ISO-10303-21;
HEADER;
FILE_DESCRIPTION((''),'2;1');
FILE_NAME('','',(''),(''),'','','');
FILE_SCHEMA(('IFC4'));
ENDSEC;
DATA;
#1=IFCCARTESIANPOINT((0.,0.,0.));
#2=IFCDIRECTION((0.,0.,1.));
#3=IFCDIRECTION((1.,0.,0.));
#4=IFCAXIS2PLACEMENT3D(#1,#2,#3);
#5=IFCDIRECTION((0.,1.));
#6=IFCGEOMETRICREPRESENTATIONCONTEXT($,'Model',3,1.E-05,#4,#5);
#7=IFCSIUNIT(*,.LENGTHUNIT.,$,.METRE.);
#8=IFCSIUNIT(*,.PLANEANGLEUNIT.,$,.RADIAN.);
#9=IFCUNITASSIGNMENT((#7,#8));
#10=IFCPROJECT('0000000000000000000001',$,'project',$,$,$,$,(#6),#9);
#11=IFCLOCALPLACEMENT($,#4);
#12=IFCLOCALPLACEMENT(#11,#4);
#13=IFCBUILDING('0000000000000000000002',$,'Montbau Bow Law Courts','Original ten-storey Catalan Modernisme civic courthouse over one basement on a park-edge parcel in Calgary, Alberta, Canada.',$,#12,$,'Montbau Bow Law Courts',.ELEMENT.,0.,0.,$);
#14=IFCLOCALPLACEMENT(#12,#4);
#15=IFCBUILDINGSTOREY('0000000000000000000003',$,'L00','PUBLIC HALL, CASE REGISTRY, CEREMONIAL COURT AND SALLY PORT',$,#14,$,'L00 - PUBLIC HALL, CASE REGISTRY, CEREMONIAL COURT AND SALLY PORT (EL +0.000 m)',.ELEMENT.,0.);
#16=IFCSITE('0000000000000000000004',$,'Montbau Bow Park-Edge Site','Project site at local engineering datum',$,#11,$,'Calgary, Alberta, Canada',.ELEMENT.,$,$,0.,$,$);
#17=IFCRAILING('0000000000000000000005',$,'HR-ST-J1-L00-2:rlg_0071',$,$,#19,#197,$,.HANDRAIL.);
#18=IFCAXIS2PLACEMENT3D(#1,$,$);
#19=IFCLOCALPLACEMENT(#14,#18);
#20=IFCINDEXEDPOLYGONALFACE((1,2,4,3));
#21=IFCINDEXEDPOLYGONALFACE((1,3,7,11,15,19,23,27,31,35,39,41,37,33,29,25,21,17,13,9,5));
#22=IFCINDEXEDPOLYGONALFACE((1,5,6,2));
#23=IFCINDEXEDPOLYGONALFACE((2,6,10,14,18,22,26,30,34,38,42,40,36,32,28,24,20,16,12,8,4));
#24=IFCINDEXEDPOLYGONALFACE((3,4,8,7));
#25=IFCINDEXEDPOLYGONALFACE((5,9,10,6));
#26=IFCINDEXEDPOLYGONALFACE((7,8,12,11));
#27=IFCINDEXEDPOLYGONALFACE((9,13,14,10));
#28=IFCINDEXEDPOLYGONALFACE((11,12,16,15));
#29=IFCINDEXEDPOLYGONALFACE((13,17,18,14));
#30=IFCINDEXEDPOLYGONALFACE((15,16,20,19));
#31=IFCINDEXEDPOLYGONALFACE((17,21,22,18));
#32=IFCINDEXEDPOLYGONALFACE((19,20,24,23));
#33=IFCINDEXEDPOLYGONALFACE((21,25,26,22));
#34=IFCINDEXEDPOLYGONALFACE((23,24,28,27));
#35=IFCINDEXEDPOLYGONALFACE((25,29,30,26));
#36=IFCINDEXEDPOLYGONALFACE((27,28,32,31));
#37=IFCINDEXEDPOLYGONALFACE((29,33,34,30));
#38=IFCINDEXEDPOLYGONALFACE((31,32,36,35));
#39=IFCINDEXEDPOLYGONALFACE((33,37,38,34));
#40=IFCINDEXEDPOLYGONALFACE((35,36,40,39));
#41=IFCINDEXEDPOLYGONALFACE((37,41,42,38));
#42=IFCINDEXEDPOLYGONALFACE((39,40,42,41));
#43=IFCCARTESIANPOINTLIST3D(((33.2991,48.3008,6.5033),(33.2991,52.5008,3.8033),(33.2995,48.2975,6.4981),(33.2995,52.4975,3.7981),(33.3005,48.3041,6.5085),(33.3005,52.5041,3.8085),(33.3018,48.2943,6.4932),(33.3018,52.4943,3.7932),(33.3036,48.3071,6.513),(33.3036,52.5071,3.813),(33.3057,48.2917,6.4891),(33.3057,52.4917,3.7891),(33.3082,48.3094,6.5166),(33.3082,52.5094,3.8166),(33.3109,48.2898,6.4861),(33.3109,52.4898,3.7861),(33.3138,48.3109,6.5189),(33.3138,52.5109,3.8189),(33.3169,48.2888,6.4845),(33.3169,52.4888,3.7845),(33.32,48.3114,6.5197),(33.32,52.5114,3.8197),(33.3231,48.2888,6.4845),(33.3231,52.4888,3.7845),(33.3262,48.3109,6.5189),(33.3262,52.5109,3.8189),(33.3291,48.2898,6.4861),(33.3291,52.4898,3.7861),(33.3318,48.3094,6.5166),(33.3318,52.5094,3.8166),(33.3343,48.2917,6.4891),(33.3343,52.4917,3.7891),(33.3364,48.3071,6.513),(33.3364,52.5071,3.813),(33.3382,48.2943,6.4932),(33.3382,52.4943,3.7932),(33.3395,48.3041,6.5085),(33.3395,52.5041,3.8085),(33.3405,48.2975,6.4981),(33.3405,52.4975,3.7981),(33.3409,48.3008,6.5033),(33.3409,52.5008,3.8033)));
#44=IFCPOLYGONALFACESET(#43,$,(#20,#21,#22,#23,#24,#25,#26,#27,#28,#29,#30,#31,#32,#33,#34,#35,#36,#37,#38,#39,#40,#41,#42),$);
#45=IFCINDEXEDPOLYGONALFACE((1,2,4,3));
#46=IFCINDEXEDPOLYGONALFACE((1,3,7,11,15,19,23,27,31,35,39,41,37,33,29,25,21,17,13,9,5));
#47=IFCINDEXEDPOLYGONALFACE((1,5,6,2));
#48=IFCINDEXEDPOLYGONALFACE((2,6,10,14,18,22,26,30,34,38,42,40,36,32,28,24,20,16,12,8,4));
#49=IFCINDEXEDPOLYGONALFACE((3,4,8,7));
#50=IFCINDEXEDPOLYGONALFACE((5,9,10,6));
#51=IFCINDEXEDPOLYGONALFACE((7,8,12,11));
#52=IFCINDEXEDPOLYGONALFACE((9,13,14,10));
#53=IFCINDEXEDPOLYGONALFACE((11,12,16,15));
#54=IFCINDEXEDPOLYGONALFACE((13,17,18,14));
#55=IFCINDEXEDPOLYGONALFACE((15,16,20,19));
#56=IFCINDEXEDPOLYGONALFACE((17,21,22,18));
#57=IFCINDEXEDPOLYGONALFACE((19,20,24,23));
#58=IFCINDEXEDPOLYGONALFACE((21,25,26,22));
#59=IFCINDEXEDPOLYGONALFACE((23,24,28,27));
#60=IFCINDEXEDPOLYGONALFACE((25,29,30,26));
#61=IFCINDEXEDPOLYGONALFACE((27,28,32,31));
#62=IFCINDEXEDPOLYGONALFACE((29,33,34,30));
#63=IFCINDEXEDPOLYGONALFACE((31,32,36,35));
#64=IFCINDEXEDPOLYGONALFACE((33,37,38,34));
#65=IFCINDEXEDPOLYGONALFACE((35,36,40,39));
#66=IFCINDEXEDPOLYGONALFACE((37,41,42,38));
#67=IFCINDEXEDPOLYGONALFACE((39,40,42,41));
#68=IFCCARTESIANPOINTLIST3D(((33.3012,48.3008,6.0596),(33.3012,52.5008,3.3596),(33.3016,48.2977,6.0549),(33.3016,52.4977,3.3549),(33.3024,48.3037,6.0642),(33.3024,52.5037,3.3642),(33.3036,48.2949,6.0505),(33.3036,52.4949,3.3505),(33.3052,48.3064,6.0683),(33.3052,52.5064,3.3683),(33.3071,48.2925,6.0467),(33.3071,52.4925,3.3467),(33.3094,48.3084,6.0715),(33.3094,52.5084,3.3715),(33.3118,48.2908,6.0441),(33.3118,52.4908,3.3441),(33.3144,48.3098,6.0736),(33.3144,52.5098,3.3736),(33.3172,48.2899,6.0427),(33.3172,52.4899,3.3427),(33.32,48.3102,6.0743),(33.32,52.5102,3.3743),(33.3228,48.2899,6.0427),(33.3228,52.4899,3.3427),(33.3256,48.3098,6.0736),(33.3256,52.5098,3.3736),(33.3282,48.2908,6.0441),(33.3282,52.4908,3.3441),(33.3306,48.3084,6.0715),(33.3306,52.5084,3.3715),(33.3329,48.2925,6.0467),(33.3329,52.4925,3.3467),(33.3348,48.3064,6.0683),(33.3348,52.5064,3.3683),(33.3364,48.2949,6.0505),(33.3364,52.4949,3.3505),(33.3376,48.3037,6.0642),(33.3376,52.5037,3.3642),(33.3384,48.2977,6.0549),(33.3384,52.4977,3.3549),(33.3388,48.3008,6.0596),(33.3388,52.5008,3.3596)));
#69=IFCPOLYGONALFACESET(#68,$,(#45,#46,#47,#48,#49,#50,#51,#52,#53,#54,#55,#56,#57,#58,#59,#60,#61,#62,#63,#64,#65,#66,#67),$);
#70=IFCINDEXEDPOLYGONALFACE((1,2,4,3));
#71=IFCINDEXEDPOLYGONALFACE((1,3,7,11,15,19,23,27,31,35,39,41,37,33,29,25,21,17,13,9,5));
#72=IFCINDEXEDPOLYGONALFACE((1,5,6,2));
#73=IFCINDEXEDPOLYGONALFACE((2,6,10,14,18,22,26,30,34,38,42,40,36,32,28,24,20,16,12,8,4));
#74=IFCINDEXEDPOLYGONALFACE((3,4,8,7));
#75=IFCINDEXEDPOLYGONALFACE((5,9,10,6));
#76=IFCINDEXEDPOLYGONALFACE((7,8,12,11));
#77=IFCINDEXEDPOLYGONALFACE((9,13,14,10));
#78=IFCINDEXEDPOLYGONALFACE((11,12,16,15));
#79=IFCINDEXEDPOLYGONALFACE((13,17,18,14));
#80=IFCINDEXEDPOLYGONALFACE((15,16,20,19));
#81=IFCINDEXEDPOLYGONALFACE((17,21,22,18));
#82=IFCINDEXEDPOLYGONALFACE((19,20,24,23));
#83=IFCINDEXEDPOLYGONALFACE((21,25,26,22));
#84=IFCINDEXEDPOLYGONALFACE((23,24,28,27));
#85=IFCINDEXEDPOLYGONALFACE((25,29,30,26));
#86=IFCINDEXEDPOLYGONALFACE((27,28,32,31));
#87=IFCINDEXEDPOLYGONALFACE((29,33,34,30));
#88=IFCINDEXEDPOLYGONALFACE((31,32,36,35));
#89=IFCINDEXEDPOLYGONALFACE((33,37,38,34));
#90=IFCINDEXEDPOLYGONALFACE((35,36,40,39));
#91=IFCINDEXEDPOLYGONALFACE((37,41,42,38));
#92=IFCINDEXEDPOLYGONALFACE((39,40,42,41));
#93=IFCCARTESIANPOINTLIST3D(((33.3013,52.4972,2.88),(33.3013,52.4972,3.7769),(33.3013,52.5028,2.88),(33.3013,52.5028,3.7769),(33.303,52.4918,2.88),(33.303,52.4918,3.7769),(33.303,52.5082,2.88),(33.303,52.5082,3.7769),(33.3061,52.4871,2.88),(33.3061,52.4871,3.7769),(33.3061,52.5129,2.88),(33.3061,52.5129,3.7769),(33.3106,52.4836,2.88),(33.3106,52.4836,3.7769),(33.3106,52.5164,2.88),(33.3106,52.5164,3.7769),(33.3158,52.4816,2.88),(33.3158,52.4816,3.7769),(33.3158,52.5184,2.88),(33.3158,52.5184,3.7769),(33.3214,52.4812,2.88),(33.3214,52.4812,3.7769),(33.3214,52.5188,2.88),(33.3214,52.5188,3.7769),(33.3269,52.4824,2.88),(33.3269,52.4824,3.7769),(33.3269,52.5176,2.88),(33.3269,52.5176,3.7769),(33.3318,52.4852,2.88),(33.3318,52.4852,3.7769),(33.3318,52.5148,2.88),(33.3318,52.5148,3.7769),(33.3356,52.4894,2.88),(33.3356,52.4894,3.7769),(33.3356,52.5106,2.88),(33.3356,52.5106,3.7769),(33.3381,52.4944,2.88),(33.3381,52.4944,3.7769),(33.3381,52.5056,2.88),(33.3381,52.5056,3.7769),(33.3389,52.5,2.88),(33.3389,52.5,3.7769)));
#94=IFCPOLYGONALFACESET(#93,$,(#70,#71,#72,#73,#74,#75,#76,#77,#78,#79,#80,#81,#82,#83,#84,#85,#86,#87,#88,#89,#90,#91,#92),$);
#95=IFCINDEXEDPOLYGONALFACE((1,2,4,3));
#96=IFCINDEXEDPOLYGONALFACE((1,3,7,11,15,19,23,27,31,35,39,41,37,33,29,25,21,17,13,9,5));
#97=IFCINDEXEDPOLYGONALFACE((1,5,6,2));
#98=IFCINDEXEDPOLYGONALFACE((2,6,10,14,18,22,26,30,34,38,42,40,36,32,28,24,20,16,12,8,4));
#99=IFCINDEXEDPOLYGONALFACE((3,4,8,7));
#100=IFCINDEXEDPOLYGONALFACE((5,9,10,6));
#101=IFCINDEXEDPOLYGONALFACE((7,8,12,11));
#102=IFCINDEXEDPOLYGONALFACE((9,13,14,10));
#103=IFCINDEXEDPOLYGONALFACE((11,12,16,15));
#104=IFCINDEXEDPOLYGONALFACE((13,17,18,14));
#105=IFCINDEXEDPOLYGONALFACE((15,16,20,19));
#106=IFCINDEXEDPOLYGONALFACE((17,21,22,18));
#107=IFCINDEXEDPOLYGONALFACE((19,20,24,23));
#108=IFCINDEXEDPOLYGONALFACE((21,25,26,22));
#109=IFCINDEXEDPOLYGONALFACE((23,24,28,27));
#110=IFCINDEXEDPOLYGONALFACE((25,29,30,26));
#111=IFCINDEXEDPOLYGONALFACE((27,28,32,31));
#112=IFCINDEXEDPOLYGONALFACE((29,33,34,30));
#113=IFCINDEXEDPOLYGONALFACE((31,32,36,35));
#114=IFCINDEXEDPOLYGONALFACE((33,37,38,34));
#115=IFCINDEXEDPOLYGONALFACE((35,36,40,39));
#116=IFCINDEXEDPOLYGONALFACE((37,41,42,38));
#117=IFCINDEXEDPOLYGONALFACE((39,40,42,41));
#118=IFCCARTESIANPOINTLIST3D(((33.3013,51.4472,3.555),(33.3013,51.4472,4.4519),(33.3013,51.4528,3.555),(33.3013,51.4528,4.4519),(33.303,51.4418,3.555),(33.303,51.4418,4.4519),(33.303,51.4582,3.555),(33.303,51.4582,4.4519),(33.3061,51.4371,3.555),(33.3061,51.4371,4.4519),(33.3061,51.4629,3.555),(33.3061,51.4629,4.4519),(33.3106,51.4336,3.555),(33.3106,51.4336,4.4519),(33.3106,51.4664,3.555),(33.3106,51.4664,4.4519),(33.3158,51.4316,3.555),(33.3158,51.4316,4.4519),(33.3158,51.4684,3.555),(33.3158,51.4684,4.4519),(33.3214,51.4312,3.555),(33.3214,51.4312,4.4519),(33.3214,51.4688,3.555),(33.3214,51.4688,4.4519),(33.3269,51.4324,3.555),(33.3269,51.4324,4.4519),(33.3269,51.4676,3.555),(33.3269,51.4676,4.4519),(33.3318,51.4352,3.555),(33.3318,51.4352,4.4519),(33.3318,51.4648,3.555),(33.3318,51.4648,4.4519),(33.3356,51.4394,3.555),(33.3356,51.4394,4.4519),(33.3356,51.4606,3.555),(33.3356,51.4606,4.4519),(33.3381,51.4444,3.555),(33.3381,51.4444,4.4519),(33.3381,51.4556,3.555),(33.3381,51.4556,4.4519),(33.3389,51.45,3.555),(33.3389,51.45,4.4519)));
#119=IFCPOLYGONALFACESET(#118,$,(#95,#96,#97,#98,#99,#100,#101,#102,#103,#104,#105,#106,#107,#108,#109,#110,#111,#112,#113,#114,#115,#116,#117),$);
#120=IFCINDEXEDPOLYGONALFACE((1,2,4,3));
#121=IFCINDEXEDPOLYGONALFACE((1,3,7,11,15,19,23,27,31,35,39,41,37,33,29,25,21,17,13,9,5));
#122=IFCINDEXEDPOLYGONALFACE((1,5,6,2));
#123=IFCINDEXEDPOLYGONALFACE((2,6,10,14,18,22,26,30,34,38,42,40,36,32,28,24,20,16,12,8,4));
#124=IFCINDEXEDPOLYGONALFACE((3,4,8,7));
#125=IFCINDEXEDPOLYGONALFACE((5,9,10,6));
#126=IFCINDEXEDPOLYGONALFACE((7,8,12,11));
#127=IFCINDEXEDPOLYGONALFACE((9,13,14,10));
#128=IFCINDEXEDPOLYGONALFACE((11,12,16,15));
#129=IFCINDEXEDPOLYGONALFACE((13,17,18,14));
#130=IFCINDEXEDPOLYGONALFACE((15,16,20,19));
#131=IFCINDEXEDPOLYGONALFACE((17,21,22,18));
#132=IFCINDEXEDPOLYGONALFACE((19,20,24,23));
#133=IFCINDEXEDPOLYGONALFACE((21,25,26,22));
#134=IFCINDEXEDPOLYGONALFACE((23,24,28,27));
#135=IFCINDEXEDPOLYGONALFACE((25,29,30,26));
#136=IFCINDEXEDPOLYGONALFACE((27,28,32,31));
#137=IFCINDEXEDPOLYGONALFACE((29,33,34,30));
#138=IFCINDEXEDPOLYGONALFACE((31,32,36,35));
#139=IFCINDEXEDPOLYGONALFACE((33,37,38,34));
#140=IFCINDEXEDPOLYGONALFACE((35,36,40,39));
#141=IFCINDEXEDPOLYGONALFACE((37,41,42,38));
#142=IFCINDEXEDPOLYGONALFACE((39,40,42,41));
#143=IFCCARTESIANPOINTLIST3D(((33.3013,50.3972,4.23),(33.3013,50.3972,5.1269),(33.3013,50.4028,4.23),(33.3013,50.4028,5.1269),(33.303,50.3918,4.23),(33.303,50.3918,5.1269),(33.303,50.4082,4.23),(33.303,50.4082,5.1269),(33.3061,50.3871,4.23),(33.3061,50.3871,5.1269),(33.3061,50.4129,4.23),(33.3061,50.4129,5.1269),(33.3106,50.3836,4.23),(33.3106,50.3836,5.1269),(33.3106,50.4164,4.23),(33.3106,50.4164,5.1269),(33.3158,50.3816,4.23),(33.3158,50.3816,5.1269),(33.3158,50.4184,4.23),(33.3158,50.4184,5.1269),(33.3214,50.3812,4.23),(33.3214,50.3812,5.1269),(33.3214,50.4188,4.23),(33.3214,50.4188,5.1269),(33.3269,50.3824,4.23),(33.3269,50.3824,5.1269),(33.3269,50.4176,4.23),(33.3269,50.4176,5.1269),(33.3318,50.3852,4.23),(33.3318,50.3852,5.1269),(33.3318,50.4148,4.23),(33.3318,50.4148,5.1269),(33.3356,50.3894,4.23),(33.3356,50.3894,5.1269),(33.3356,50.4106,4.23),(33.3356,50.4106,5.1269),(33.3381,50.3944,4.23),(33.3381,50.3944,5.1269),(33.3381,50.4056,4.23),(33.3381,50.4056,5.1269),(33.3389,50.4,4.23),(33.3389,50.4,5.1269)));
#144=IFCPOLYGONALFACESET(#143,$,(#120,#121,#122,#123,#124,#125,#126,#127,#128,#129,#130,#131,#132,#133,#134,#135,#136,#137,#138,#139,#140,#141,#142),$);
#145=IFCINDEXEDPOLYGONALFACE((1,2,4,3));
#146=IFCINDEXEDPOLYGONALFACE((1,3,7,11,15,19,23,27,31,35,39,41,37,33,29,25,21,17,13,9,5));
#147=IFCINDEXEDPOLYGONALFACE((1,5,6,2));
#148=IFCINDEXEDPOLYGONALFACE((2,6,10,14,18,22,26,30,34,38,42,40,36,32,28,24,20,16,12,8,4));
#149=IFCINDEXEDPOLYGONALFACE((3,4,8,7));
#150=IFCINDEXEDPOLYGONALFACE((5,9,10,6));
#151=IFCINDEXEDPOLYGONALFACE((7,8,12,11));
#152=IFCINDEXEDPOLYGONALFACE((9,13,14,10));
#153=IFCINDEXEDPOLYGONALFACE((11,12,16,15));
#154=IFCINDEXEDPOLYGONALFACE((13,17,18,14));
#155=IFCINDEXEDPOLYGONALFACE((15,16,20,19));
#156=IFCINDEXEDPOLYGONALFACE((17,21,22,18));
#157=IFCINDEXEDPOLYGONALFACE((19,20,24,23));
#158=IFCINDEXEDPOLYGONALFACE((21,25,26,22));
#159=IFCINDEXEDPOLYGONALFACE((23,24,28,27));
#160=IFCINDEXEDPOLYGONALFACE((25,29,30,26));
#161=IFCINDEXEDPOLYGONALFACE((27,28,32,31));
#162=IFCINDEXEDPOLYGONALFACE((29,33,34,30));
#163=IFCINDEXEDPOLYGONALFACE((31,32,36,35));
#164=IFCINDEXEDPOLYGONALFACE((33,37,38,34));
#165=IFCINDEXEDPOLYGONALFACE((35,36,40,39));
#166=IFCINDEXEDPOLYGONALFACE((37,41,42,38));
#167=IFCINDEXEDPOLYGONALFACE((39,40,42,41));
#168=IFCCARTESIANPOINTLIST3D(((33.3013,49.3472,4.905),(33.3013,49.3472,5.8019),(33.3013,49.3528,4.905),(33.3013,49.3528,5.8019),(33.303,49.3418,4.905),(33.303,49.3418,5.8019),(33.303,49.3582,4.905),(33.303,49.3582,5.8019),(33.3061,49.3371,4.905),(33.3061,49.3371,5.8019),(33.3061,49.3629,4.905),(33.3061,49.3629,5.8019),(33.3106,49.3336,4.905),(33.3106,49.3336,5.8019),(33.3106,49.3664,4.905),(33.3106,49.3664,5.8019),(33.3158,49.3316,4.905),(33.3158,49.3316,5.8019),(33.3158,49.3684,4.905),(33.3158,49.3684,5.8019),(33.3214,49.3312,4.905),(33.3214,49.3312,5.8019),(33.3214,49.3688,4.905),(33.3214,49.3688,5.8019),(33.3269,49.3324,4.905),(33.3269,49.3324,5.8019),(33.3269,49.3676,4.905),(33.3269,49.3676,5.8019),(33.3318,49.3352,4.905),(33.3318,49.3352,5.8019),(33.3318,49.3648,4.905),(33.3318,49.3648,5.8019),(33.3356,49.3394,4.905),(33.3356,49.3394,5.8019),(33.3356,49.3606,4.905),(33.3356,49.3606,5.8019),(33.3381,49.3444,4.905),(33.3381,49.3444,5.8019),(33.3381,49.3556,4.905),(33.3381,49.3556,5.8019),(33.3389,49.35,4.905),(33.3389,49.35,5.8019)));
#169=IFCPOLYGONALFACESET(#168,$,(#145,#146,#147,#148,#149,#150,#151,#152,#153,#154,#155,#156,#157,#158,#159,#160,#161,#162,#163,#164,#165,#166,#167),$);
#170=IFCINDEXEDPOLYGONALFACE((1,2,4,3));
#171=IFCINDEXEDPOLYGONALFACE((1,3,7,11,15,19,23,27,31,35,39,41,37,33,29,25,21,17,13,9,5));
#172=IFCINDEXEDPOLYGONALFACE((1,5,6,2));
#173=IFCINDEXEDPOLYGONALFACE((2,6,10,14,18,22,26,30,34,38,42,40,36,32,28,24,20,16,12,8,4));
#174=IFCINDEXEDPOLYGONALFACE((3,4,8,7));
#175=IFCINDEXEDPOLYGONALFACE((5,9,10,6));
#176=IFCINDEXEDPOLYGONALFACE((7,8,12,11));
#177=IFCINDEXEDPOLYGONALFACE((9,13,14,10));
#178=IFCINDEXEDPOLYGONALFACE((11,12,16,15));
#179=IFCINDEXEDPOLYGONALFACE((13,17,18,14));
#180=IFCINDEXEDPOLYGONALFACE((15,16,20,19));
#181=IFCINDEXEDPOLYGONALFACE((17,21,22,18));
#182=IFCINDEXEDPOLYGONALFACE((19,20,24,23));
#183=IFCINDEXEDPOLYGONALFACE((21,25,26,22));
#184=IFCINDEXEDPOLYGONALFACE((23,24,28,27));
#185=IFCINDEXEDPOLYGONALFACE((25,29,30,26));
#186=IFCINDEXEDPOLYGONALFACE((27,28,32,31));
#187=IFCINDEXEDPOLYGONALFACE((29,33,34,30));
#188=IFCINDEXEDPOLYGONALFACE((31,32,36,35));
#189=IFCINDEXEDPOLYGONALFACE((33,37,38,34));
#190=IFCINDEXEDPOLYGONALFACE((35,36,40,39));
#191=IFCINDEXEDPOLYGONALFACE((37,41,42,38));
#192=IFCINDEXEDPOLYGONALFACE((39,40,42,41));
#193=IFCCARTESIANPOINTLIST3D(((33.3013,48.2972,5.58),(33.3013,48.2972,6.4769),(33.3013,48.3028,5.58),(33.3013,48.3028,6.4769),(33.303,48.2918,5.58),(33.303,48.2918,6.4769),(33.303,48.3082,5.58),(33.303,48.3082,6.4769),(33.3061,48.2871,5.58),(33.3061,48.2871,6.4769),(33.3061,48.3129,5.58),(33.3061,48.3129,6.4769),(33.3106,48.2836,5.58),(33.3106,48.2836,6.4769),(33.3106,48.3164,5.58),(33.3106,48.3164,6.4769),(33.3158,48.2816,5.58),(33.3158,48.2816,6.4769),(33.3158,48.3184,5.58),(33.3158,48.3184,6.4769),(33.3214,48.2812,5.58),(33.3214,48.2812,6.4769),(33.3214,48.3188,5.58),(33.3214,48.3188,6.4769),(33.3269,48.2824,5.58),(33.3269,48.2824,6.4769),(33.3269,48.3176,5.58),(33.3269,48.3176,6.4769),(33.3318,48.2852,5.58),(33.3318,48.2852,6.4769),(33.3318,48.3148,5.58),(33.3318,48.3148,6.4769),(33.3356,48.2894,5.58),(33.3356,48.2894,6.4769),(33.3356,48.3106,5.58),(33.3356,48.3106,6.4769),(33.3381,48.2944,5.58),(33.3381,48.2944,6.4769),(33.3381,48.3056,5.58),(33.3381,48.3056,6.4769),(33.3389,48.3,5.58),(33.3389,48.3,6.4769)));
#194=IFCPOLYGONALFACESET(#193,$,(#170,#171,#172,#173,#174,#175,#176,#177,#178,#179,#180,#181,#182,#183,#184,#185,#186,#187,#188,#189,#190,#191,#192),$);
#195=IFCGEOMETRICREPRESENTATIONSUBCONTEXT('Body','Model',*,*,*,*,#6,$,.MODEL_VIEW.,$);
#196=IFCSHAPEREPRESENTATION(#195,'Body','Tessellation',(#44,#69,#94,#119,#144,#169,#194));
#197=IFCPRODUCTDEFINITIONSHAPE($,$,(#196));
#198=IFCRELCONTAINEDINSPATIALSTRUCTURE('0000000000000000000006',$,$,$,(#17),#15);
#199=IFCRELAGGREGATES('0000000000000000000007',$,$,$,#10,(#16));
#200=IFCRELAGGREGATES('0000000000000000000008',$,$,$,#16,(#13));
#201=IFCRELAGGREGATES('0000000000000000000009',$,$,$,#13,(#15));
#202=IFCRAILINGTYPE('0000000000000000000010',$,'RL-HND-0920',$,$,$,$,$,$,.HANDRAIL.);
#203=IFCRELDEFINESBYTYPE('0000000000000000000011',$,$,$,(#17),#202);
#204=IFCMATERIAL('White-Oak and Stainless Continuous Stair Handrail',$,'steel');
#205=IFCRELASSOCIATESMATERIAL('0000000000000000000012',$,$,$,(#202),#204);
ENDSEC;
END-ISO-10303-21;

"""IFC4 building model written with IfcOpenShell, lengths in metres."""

from ifc_helpers import new_model, si_unit, direction, frame, origin_with_axes, origin_2d_with_axis, place, context, subcontext, project, spatial, circle, extrude, material, type_object, element, save


model = new_model("IFC4")

# Units and contexts
model_context = context("Model", 3, precision=1e-05, world=origin_with_axes(), true_north=direction((0.0, 1.0)))
body_context = subcontext(model_context, "Body", "Model", "MODEL_VIEW")
ifc_project = project(units=[si_unit("LENGTHUNIT", "METRE"), si_unit("PLANEANGLEUNIT", "RADIAN")], contexts=[model_context])

# Site, building, storey
site_placement = place(None, origin_with_axes())
site = spatial("IfcSite", under=ifc_project, at=site_placement, Name="Montbau Bow Park-Edge Site", Description="Project site at local engineering datum", LongName="Calgary, Alberta, Canada", CompositionType="ELEMENT", RefElevation=0.0)
building_placement = place(site_placement, origin_with_axes())
building = spatial("IfcBuilding", under=site, at=building_placement, Name="Montbau Bow Law Courts", Description="Original ten-storey Catalan Modernisme civic courthouse over one basement on a park-edge parcel in Calgary, Alberta, Canada.", LongName="Montbau Bow Law Courts", CompositionType="ELEMENT", ElevationOfRefHeight=0.0, ElevationOfTerrain=0.0)
storey_placement = place(building_placement, origin_with_axes())
storey = spatial("IfcBuildingStorey", under=building, at=storey_placement, Name="L00", Description="PUBLIC HALL, CASE REGISTRY, CEREMONIAL COURT AND SALLY PORT", LongName="L00 - PUBLIC HALL, CASE REGISTRY, CEREMONIAL COURT AND SALLY PORT (EL +0.000 m)", CompositionType="ELEMENT", Elevation=0.0)

# Railing
ifc_material_1 = material(Name="White-Oak and Stainless Continuous Stair Handrail", Category="steel")
railing_type_1 = type_object("IfcRailingType", Name="RL-HND-0920", PredefinedType="HANDRAIL", material=ifc_material_1)
railing_1_placement = place(None, origin_with_axes())
element("IfcRailing", 1, at=railing_1_placement, inside=storey, type_object=railing_type_1, Name="HR-ST-J1-L00-2:rlg_0071", PredefinedType="HANDRAIL", context=body_context, shape_type="SweptSolid", body=[
    extrude(circle(Radius=0.021, at=origin_2d_with_axis()), frame((33.32, 52.5, 3.802), z_axis=(0.0, -0.841178, 0.540758), x_axis=(0.0, 0.540758, 0.841178)), (0.0, 0.0, 1.0), 4.993),
    extrude(circle(Radius=0.0189, at=origin_2d_with_axis()), frame((33.32, 52.5, 3.3584), z_axis=(0.0, -0.841178, 0.540758), x_axis=(0.0, 0.540758, 0.841178)), (0.0, 0.0, 1.0), 4.993),
    extrude(circle(Radius=0.0189, at=origin_2d_with_axis()), frame((33.32, 52.5, 2.88), z_axis=(0.0, 0.0, 1.0), x_axis=(1.0, 0.0, 0.0)), (0.0, 0.0, 1.0), 0.8969),
    extrude(circle(Radius=0.0189, at=origin_2d_with_axis()), frame((33.32, 51.45, 3.555), z_axis=(0.0, 0.0, 1.0), x_axis=(1.0, 0.0, 0.0)), (0.0, 0.0, 1.0), 0.8969),
    extrude(circle(Radius=0.0189, at=origin_2d_with_axis()), frame((33.32, 50.4, 4.23), z_axis=(0.0, 0.0, 1.0), x_axis=(1.0, 0.0, 0.0)), (0.0, 0.0, 1.0), 0.8969),
    extrude(circle(Radius=0.0189, at=origin_2d_with_axis()), frame((33.32, 49.35, 4.905), z_axis=(0.0, 0.0, 1.0), x_axis=(1.0, 0.0, 0.0)), (0.0, 0.0, 1.0), 0.8969),
    extrude(circle(Radius=0.0189, at=origin_2d_with_axis()), frame((33.32, 48.3, 5.58), z_axis=(0.0, 0.0, 1.0), x_axis=(1.0, 0.0, 0.0)), (0.0, 0.0, 1.0), 0.8969),
])

save(model, "model.ifc")
